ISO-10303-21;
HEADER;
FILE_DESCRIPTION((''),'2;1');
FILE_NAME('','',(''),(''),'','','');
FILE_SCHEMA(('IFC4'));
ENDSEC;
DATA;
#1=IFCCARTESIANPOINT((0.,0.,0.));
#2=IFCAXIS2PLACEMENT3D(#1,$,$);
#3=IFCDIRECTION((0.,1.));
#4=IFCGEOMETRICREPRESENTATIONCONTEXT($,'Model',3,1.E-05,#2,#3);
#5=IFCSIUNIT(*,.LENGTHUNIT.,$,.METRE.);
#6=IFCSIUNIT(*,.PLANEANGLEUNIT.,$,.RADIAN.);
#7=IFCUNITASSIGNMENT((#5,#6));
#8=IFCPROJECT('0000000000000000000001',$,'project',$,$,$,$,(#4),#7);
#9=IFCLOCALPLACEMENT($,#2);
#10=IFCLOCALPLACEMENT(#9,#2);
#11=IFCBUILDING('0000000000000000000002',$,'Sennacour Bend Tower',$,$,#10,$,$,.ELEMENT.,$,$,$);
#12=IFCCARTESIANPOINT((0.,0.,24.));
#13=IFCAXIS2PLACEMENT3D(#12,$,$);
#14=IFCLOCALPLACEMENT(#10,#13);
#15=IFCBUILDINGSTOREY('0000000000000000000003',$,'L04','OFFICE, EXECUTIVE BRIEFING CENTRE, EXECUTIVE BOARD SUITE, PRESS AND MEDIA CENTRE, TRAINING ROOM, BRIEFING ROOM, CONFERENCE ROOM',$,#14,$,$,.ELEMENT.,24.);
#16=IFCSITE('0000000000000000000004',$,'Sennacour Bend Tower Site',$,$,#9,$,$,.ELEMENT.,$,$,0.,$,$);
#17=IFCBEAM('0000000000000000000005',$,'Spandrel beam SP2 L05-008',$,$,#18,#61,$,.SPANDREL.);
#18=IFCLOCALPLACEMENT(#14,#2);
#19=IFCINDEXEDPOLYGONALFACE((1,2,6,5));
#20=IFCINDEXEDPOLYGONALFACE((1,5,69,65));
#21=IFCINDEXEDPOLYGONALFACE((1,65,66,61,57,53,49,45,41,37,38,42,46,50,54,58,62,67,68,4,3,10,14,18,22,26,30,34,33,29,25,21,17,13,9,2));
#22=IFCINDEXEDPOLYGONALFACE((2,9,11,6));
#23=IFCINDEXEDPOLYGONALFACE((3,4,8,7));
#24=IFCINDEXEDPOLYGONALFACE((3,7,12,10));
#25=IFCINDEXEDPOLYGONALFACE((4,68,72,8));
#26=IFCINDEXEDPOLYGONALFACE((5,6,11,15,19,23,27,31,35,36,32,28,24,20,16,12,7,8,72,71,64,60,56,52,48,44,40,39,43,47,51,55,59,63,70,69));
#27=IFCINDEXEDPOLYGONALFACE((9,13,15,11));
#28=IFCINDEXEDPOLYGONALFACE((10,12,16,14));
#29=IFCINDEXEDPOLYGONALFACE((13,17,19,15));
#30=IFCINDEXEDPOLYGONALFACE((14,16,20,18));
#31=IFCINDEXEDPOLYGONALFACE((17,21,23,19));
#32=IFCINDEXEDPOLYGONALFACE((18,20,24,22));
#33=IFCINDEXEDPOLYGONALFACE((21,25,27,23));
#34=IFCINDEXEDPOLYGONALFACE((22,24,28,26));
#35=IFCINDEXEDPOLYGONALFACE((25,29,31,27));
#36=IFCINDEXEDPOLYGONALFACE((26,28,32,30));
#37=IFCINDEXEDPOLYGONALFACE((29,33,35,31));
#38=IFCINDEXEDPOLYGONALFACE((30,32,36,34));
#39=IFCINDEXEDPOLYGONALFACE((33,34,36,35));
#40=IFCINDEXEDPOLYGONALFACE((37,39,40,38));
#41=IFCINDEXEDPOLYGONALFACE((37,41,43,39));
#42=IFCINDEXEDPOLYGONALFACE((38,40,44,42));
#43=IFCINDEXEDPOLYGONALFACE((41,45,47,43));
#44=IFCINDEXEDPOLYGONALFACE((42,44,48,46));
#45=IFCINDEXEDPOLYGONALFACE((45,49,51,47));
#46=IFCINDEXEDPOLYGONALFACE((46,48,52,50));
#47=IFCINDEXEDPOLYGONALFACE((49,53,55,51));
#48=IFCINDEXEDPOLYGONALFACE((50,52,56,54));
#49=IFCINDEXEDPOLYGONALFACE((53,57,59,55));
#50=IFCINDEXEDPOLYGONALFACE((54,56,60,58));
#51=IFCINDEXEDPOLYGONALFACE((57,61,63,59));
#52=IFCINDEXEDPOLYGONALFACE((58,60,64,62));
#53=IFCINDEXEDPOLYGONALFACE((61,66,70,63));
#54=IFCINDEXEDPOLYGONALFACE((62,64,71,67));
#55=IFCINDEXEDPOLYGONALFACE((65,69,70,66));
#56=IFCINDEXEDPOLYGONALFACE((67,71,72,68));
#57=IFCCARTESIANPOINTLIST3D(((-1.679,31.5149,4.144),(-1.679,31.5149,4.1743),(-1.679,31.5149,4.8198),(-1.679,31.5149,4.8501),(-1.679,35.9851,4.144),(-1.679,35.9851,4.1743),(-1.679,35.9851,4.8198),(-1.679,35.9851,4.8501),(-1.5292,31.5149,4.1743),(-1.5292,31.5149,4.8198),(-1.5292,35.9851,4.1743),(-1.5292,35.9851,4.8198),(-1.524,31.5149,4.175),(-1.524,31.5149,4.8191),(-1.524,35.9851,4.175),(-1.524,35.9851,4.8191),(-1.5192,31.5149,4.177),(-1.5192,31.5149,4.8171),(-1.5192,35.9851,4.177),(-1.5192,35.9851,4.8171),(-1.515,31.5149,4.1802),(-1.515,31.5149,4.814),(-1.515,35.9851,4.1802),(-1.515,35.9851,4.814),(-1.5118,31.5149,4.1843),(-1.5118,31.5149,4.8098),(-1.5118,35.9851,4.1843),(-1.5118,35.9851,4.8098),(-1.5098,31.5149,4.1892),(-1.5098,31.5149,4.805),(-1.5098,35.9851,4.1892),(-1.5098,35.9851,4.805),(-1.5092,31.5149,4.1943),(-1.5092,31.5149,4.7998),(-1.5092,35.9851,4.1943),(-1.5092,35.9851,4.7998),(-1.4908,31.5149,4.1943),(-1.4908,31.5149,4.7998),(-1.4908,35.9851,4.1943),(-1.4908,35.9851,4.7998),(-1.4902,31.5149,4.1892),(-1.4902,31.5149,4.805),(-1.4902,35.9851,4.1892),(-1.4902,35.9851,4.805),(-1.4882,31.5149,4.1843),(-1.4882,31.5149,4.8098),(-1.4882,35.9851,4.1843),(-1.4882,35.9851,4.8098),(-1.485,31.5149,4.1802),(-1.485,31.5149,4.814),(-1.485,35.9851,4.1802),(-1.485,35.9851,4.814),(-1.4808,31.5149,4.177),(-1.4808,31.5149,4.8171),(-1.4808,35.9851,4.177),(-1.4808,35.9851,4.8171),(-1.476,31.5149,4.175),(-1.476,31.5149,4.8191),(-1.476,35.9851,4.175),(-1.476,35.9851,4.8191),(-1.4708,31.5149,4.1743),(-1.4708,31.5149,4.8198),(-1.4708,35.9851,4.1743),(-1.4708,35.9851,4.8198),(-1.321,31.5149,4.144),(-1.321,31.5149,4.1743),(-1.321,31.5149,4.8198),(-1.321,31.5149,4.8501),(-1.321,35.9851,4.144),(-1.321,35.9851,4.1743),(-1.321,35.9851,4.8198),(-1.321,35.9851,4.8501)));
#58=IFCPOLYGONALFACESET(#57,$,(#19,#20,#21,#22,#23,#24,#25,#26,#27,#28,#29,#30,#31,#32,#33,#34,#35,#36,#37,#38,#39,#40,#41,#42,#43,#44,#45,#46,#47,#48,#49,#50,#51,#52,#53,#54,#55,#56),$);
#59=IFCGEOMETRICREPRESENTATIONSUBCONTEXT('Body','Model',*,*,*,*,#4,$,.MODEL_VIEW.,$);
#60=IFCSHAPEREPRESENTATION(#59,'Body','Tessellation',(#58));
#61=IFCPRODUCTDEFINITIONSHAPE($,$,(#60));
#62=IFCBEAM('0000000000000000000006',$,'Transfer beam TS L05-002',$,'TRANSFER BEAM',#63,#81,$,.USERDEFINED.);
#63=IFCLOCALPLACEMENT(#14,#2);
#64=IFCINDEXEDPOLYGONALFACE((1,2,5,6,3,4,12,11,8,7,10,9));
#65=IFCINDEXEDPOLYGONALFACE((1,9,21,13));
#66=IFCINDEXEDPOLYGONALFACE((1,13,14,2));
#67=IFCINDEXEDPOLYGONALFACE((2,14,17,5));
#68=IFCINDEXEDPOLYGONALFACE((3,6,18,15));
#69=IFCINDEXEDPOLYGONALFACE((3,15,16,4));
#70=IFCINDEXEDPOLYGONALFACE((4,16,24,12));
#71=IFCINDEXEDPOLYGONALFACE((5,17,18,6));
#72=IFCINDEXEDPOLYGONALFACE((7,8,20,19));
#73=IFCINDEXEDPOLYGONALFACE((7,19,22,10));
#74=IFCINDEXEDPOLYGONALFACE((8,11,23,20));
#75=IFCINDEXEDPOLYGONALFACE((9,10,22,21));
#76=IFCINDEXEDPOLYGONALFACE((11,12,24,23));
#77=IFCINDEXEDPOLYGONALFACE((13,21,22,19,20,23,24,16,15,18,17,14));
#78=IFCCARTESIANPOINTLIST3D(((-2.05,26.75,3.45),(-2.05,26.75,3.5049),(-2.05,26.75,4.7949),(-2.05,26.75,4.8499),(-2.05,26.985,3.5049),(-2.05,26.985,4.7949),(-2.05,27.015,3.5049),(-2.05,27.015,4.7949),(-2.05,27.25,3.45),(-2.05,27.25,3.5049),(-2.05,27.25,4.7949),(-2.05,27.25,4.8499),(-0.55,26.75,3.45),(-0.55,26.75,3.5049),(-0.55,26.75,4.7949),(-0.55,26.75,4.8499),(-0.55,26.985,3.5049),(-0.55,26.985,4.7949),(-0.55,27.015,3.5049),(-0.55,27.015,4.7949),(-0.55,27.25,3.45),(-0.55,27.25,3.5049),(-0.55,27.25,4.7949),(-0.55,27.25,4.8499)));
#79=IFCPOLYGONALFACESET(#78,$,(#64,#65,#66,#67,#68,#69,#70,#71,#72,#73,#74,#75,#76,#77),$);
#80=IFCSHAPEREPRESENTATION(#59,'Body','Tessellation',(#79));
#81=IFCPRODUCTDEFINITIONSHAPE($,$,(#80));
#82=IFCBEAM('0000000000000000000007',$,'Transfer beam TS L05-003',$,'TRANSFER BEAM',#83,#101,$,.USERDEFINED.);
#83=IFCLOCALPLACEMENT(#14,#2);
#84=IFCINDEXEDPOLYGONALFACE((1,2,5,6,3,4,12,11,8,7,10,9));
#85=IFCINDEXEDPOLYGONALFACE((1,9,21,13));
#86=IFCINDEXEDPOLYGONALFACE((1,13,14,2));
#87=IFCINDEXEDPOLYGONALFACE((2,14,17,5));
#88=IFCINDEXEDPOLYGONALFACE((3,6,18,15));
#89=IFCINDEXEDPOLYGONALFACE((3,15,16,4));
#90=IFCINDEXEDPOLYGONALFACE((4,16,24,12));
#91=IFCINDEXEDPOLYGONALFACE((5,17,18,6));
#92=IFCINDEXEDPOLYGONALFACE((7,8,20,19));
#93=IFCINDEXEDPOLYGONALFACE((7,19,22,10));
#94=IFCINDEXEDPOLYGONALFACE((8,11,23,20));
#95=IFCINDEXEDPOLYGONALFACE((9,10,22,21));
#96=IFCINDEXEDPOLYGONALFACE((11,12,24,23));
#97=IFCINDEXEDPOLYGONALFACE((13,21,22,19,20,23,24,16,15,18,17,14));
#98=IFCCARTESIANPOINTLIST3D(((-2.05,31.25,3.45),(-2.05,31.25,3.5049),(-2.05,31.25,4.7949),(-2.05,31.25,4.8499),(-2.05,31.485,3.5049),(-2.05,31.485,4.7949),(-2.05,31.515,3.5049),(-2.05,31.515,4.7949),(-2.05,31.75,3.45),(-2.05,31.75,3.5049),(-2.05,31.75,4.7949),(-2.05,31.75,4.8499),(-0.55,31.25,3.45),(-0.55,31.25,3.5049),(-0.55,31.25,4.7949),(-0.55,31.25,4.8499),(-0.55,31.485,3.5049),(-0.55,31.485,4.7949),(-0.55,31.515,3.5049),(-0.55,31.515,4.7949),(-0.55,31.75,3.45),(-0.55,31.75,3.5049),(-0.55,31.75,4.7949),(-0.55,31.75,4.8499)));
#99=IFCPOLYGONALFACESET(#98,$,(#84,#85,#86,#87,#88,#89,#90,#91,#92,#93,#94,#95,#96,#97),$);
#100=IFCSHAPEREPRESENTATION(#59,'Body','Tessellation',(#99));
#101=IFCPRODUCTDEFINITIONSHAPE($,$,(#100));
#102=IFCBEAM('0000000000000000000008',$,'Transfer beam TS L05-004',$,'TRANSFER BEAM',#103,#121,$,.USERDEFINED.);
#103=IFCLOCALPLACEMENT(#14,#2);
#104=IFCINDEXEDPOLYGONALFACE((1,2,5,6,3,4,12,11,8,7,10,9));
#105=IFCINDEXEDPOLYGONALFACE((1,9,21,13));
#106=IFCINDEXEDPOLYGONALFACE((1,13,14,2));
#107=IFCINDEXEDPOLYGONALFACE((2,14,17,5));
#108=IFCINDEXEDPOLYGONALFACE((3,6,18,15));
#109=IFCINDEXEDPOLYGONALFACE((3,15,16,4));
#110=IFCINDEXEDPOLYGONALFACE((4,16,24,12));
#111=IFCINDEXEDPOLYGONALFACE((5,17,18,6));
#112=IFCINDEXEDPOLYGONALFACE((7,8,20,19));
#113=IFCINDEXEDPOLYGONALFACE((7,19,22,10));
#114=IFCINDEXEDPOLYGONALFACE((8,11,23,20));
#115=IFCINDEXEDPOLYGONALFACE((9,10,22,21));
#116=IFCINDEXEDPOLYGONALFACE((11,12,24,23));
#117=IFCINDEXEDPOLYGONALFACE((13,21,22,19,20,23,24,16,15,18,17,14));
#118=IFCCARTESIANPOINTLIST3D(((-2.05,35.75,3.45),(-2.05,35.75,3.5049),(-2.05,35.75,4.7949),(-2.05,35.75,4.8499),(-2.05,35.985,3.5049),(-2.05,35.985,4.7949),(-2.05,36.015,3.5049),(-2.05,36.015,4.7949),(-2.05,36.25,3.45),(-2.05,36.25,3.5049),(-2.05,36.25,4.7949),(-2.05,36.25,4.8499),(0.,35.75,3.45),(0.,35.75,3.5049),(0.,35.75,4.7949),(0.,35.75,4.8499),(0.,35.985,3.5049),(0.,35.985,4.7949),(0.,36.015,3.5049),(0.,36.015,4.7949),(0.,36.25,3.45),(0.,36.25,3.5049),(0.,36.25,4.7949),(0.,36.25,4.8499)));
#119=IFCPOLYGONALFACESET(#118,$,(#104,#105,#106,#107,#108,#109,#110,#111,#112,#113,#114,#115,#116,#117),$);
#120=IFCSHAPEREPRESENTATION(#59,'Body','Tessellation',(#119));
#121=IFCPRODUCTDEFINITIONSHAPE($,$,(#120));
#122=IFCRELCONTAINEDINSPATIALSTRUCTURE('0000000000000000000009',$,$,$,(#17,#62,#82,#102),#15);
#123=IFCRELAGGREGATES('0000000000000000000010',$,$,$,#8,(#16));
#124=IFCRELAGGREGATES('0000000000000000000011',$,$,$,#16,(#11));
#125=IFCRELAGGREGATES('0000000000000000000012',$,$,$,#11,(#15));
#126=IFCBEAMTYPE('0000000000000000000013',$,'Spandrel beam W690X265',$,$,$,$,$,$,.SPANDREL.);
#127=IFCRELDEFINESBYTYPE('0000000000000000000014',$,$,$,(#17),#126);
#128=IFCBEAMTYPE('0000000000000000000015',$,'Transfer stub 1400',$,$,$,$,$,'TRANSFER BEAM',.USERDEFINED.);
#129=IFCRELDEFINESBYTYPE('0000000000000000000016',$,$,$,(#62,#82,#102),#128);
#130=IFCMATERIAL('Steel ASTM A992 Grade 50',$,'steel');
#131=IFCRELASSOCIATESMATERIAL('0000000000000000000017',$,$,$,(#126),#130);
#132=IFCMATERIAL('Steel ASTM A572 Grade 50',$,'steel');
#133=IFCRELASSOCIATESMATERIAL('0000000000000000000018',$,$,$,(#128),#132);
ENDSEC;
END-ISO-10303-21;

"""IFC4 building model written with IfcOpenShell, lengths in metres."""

from ifc_helpers import new_model, si_unit, direction, frame, origin, origin_2d, place, context, subcontext, project, spatial, i_section, extrude, material, material_profile, profile_set, type_object, element, save


model = new_model("IFC4")

# Units and contexts
model_context = context("Model", 3, precision=1e-05, world=origin(), true_north=direction((0.0, 1.0)))
body_context = subcontext(model_context, "Body", "Model", "MODEL_VIEW")
ifc_project = project(units=[si_unit("LENGTHUNIT", "METRE"), si_unit("PLANEANGLEUNIT", "RADIAN")], contexts=[model_context])

# Site, building, storey
site_placement = place(None, origin())
site = spatial("IfcSite", under=ifc_project, at=site_placement, Name="Sennacour Bend Tower Site", CompositionType="ELEMENT", RefElevation=0.0)
building_placement = place(site_placement, origin())
building = spatial("IfcBuilding", under=site, at=building_placement, Name="Sennacour Bend Tower", CompositionType="ELEMENT")
storey_placement = place(building_placement, frame((0.0, 0.0, 24.0)))
storey = spatial("IfcBuildingStorey", under=building, at=storey_placement, Name="L04", Description="OFFICE, EXECUTIVE BRIEFING CENTRE, EXECUTIVE BOARD SUITE, PRESS AND MEDIA CENTRE, TRAINING ROOM, BRIEFING ROOM, CONFERENCE ROOM", CompositionType="ELEMENT", Elevation=24.0)

# Shared definitions
ifc_material_1 = material(Name="Steel ASTM A572 Grade 50", Category="steel")

# Beams
ifc_material_2 = material(Name="Steel ASTM A992 Grade 50", Category="steel")
ifc_material_profile_1 = material_profile(ifc_material_2, i_section(OverallWidth=0.3579, OverallDepth=0.7061, WebThickness=0.0183, FlangeThickness=0.0303, FilletRadius=0.02, at=origin_2d()), Name="Steel ASTM A992 Grade 50", Category="steel")
ifc_profile_set_1 = profile_set([ifc_material_profile_1], Name="Steel ASTM A992 Grade 50")
beam_type_1 = type_object("IfcBeamType", Name="Spandrel beam W690X265", PredefinedType="SPANDREL", material=ifc_profile_set_1)
for number, where, z_axis, x_axis, name in (
    (1, (-1.5, 31.5149, 4.4971), (0.0, 1.0, 0.0), (-1.0, 0.0, 0.0), "Spandrel beam SP2 L05-008"),
):
    element("IfcBeam", number, at=place(storey_placement, frame(where, z_axis=z_axis, x_axis=x_axis)), inside=storey, type_object=beam_type_1, Name=name, PredefinedType="SPANDREL", context=body_context, shape_type="SweptSolid", body=[
        extrude(i_section(OverallWidth=0.3579, OverallDepth=0.7061, WebThickness=0.0183, FlangeThickness=0.0303, FilletRadius=0.02, at=origin_2d()), origin(), (0.0, 0.0, 1.0), 4.4702),
    ])
ifc_material_profile_2 = material_profile(ifc_material_1, i_section(OverallWidth=0.5, OverallDepth=1.3999, WebThickness=0.03, FlangeThickness=0.0549, at=origin_2d()), Name="Steel ASTM A572 Grade 50", Category="steel")
ifc_profile_set_2 = profile_set([ifc_material_profile_2], Name="Steel ASTM A572 Grade 50")
beam_type_2 = type_object("IfcBeamType", Name="Transfer stub 1400", ElementType="TRANSFER BEAM", PredefinedType="USERDEFINED", material=ifc_profile_set_2)
for number, where, z_axis, x_axis, name in (
    (2, (-0.55, 27.0, 4.1499), (-1.0, 0.0, 0.0), (0.0, -1.0, 0.0), "Transfer beam TS L05-002"),
    (3, (-0.55, 31.5, 4.1499), (-1.0, 0.0, 0.0), (0.0, -1.0, 0.0), "Transfer beam TS L05-003"),
):
    element("IfcBeam", number, at=place(storey_placement, frame(where, z_axis=z_axis, x_axis=x_axis)), inside=storey, type_object=beam_type_2, Name=name, ObjectType="TRANSFER BEAM", PredefinedType="USERDEFINED", context=body_context, shape_type="SweptSolid", body=[
        extrude(i_section(OverallWidth=0.5, OverallDepth=1.3999, WebThickness=0.03, FlangeThickness=0.0549, at=origin_2d()), origin(), (0.0, 0.0, 1.0), 1.5),
    ])
beam_1_placement = place(storey_placement, frame((0.0, 36.0, 4.1499), z_axis=(-1.0, 0.0, 0.0), x_axis=(0.0, -1.0, 0.0)))
element("IfcBeam", 4, at=beam_1_placement, inside=storey, type_object=beam_type_2, Name="Transfer beam TS L05-004", ObjectType="TRANSFER BEAM", PredefinedType="USERDEFINED", context=body_context, shape_type="SweptSolid", body=[
    extrude(i_section(OverallWidth=0.5, OverallDepth=1.3999, WebThickness=0.03, FlangeThickness=0.0549, at=origin_2d()), origin(), (0.0, 0.0, 1.0), 2.05),
])

save(model, "model.ifc")
